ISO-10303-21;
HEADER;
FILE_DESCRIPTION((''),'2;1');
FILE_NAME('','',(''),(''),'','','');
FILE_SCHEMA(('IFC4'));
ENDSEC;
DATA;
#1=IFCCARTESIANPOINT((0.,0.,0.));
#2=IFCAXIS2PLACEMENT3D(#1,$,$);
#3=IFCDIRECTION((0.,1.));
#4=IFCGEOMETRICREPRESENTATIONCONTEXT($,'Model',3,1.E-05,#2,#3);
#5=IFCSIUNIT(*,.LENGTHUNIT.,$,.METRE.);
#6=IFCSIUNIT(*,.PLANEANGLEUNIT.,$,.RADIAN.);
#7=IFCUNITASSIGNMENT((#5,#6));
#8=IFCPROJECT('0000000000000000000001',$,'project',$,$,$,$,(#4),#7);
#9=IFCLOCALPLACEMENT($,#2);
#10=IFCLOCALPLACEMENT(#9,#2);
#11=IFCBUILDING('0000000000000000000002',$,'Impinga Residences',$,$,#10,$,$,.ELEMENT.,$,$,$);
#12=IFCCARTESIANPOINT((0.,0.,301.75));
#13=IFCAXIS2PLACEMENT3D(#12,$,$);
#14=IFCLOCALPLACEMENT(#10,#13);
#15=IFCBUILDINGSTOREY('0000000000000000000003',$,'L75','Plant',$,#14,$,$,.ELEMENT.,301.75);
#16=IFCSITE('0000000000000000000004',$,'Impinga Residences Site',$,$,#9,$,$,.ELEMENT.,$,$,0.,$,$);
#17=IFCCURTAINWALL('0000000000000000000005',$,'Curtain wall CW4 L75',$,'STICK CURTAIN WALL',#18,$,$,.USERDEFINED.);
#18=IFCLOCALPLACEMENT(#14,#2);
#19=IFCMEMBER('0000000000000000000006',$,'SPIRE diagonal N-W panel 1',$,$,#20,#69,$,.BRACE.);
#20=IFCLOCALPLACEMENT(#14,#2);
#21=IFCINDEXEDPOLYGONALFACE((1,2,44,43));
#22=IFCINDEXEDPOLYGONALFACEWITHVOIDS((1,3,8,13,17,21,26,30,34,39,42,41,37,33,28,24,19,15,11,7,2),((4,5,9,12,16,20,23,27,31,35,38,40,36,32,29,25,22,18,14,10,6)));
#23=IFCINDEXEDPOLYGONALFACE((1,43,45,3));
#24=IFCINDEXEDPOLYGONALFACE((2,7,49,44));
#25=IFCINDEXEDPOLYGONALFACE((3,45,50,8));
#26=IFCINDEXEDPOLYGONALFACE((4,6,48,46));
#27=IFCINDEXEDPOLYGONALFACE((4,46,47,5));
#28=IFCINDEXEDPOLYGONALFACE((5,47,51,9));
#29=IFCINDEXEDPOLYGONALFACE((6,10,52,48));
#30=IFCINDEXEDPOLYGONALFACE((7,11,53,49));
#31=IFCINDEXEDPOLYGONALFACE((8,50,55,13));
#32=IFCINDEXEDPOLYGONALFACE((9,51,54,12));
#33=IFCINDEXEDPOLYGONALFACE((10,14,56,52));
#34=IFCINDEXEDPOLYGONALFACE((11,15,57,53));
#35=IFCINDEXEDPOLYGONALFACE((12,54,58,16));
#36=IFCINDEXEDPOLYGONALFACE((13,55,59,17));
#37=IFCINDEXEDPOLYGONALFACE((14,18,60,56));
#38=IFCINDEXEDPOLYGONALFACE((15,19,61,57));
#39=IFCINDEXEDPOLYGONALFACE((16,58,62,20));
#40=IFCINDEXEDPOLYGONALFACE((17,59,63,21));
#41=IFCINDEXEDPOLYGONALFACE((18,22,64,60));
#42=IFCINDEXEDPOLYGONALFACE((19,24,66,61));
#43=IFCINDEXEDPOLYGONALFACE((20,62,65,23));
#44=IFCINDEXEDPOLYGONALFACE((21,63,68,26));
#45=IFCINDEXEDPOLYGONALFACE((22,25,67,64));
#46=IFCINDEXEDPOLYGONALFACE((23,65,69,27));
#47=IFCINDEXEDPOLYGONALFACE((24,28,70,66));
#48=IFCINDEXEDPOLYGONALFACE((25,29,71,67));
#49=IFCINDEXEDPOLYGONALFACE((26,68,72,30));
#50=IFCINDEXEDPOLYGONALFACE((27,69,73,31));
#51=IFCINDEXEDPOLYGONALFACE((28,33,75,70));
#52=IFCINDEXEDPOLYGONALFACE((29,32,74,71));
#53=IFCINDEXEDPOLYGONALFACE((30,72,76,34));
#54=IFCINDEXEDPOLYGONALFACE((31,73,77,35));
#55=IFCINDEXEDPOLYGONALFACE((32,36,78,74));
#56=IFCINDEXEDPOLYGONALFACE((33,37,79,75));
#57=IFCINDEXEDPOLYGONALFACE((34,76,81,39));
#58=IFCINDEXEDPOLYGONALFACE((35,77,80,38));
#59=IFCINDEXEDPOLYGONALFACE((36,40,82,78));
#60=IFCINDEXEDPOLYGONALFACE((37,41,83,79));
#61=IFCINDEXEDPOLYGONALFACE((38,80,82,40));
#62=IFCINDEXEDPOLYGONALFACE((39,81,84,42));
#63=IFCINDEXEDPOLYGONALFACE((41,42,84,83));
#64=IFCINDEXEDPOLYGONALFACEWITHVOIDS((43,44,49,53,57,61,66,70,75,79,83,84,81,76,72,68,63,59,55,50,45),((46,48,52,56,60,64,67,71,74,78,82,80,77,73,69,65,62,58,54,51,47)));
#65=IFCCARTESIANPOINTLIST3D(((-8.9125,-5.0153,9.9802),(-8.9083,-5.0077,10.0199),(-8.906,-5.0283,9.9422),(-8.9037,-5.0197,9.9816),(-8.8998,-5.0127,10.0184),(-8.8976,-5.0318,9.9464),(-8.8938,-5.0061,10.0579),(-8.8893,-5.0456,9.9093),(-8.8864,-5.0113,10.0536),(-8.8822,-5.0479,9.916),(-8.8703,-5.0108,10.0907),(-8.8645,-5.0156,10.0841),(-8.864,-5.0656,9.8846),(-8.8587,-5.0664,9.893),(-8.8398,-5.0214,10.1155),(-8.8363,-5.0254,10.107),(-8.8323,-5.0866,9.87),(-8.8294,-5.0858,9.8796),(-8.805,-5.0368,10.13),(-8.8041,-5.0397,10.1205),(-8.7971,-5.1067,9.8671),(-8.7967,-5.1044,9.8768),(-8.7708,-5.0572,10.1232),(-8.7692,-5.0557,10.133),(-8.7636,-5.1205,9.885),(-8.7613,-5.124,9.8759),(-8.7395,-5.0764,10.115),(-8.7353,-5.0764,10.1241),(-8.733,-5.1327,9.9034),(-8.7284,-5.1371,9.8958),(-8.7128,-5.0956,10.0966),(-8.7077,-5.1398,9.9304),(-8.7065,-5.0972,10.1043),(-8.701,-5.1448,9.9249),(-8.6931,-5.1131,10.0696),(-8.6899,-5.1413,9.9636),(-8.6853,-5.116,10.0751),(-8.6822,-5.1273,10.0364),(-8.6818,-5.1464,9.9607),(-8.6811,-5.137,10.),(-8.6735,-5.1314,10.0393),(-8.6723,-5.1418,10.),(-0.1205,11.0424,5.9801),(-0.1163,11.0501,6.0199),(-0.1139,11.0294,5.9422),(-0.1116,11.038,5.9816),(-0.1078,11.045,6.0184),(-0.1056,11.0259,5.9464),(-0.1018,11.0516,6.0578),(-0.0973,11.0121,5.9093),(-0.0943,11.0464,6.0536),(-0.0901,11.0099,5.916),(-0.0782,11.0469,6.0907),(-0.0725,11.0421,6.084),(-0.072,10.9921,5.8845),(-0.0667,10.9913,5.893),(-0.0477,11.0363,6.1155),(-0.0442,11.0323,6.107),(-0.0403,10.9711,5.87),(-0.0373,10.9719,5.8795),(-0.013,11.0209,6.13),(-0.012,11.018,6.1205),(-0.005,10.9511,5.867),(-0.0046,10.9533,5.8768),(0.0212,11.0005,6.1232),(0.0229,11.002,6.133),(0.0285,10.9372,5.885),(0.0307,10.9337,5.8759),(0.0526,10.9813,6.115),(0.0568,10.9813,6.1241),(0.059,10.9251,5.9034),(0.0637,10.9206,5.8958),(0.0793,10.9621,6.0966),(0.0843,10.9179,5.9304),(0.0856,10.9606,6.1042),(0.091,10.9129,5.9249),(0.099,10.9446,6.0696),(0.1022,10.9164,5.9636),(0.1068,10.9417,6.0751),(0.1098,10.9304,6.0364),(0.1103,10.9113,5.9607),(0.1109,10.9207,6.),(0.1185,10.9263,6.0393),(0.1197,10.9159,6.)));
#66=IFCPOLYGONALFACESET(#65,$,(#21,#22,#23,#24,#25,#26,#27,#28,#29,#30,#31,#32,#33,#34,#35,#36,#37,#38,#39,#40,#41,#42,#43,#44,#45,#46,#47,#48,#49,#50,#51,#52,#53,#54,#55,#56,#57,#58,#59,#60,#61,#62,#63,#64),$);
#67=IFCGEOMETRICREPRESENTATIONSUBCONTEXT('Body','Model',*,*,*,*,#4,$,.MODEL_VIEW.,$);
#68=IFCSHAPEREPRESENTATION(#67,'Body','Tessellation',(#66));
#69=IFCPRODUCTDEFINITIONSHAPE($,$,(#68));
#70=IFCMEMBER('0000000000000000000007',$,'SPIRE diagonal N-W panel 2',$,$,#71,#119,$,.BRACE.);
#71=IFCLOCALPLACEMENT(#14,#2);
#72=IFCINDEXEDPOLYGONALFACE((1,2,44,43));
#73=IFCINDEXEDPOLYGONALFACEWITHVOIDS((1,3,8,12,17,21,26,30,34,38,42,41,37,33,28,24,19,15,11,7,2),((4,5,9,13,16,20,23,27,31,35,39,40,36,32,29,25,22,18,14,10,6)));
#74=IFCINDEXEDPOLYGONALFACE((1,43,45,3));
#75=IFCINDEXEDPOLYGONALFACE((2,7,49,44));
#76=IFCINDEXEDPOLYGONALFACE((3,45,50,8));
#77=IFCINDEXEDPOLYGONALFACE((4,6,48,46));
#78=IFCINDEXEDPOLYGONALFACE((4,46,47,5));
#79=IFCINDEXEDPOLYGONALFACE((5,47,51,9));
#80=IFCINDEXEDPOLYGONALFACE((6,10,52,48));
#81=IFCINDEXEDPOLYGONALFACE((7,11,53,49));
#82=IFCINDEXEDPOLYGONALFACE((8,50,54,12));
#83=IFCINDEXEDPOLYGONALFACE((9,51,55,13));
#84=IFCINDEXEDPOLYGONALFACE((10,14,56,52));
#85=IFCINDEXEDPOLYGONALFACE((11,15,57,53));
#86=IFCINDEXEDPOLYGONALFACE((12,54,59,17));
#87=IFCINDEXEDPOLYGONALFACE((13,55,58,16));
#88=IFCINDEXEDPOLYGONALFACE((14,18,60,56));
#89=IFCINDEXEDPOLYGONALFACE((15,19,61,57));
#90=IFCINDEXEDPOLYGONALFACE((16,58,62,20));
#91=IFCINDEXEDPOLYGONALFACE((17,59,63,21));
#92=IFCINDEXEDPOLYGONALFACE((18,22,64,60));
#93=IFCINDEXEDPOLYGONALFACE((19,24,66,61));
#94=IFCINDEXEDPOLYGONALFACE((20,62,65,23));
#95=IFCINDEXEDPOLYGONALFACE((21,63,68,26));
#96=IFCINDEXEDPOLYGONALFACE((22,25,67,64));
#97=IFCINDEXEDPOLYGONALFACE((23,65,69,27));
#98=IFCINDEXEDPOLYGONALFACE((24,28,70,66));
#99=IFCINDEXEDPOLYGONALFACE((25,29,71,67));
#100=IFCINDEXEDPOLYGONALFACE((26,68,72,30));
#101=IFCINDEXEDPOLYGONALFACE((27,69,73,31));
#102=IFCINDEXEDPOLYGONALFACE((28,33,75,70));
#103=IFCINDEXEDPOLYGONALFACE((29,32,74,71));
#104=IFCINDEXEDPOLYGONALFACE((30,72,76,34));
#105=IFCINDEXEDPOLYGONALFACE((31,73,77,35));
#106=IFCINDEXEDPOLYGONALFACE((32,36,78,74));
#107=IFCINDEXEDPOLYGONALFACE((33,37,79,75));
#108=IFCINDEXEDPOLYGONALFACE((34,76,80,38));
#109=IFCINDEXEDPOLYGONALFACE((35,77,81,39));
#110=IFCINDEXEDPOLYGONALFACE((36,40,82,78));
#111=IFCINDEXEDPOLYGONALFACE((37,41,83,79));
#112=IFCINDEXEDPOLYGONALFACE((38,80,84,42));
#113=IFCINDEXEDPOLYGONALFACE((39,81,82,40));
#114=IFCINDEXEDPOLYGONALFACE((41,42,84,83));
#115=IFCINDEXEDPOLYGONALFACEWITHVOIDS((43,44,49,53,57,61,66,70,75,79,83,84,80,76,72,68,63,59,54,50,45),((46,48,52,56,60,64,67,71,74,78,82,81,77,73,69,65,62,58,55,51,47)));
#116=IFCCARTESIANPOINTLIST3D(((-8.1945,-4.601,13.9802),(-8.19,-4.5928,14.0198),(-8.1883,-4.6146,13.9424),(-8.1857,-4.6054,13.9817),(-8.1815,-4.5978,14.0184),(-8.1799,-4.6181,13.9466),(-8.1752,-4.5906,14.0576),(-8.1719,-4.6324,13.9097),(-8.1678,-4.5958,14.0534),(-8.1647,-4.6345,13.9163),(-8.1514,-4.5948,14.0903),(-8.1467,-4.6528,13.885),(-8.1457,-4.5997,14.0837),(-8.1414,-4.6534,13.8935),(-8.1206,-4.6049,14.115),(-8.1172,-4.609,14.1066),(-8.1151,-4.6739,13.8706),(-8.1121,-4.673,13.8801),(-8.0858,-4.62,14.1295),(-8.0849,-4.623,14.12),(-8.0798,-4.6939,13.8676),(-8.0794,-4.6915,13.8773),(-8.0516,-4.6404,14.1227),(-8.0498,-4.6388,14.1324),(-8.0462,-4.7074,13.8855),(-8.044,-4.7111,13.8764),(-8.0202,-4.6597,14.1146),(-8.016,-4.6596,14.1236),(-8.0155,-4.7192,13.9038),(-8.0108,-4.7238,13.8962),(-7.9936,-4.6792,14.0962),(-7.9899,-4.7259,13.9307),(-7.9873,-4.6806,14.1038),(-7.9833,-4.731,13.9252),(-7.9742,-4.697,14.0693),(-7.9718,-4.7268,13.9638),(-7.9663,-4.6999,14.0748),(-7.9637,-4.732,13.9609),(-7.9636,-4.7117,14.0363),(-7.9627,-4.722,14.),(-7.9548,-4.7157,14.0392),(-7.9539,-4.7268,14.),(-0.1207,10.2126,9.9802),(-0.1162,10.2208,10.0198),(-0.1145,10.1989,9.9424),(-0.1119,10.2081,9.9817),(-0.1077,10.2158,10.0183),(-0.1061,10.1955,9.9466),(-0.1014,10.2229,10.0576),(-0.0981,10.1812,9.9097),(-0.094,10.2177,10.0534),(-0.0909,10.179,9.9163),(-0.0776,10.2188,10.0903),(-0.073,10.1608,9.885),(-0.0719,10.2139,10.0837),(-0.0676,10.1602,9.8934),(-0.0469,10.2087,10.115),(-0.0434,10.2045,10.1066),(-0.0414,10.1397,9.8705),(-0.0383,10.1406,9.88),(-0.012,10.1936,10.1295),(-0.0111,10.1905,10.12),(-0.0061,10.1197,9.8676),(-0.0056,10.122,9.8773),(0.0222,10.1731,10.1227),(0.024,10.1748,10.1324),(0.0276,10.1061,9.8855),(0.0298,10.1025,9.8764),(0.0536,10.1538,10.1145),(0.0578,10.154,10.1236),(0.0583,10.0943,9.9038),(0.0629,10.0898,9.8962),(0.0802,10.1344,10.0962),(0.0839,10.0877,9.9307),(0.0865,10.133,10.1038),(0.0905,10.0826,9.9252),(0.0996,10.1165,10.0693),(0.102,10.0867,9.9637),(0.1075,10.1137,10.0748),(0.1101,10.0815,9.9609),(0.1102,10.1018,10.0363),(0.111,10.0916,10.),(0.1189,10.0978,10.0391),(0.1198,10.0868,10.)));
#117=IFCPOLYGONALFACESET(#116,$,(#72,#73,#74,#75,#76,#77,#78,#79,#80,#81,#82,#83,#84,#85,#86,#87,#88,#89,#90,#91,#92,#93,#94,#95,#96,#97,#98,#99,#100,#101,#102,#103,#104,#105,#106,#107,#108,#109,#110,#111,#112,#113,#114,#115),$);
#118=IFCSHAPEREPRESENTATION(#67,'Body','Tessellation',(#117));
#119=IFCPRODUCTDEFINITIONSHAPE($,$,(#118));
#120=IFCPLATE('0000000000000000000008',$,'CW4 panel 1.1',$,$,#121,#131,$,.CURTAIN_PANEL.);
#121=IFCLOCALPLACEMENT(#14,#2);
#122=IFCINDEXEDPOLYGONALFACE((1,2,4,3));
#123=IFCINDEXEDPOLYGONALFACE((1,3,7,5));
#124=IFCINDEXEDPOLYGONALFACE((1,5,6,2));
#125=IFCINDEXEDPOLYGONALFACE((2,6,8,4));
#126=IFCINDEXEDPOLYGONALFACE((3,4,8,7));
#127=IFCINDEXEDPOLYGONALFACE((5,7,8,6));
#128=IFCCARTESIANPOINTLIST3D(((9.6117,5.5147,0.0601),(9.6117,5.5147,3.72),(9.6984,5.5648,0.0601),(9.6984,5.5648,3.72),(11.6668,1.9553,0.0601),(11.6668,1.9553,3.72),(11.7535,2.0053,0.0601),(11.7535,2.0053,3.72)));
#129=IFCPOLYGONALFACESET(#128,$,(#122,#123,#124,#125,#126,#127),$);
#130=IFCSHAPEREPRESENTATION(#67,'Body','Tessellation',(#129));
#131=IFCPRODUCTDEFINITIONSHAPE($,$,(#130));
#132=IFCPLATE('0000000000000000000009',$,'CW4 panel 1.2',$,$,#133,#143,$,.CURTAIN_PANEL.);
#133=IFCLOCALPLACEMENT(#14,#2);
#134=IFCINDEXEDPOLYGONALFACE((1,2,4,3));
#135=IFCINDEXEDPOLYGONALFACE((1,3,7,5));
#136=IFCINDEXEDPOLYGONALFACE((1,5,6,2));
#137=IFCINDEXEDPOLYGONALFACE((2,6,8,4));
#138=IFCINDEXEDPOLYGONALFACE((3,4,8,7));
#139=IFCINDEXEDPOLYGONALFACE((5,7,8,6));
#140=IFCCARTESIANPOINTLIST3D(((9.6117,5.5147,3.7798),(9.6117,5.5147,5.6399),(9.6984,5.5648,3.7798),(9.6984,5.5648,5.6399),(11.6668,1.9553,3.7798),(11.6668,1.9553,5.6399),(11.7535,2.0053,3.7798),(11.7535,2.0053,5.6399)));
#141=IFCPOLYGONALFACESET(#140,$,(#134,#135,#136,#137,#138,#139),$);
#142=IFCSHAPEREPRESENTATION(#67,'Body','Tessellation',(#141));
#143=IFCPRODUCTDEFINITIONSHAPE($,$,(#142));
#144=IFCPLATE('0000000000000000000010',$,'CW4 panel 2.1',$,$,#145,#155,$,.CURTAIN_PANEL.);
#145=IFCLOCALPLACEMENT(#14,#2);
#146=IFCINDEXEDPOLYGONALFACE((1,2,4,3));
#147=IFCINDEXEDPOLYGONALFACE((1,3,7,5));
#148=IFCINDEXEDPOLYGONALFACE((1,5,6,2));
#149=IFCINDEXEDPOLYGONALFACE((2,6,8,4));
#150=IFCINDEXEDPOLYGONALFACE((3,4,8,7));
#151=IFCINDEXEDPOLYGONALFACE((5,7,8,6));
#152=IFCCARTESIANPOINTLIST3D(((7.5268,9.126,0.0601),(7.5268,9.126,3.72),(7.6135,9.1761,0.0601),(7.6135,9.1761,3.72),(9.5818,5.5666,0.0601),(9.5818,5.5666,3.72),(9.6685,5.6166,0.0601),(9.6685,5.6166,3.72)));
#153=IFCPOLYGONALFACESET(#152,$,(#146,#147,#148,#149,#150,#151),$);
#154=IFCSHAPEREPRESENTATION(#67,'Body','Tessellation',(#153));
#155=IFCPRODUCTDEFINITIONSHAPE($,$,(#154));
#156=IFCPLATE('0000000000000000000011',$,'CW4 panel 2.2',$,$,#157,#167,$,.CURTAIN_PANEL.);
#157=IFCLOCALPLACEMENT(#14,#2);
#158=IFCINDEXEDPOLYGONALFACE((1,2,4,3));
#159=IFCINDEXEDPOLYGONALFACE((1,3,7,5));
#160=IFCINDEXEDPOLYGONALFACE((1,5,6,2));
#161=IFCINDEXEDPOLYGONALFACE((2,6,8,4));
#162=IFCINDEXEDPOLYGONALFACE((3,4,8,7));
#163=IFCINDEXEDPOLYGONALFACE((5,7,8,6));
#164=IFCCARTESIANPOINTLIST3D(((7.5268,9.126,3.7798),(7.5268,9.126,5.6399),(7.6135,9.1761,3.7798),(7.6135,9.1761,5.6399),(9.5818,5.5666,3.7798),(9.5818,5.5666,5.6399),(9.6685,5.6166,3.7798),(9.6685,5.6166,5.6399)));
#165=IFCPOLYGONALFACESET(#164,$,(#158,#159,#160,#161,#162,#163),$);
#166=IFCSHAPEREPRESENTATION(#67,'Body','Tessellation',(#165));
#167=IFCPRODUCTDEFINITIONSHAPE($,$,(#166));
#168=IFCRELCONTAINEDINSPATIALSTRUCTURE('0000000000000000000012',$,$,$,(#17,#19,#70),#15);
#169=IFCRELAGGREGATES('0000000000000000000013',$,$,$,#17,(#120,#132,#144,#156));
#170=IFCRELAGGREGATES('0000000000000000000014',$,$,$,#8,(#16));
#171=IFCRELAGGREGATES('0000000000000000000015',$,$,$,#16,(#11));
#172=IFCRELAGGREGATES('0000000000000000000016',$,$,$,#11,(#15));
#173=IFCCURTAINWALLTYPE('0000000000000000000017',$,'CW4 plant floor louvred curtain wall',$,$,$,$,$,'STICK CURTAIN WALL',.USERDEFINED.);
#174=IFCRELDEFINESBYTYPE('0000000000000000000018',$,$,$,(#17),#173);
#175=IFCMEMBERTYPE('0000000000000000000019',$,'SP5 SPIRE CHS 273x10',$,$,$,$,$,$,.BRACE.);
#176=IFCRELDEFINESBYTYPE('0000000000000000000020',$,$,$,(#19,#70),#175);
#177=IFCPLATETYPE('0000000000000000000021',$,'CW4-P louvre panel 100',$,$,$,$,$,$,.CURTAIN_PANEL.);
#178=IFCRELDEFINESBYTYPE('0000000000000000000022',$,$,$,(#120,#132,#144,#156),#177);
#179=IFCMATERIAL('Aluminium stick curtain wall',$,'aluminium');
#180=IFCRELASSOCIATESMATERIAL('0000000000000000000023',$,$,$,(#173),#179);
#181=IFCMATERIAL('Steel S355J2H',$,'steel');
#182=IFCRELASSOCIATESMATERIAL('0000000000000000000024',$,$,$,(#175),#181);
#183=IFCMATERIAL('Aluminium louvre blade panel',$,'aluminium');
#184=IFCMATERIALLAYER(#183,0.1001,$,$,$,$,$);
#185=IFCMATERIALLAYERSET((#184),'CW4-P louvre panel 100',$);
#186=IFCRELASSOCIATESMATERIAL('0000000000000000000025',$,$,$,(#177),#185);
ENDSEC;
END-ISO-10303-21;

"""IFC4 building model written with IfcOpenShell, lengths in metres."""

from ifc_helpers import new_model, si_unit, direction, frame, origin, origin_2d, place, context, subcontext, project, spatial, rectangle, hollow_circle, extrude, material, layer, layer_set, material_profile, profile_set, type_object, element, aggregate, save


model = new_model("IFC4")

# Units and contexts
model_context = context("Model", 3, precision=1e-05, world=origin(), true_north=direction((0.0, 1.0)))
body_context = subcontext(model_context, "Body", "Model", "MODEL_VIEW")
ifc_project = project(units=[si_unit("LENGTHUNIT", "METRE"), si_unit("PLANEANGLEUNIT", "RADIAN")], contexts=[model_context])

# Site, building, storey
site_placement = place(None, origin())
site = spatial("IfcSite", under=ifc_project, at=site_placement, Name="Impinga Residences Site", CompositionType="ELEMENT", RefElevation=0.0)
building_placement = place(site_placement, origin())
building = spatial("IfcBuilding", under=site, at=building_placement, Name="Impinga Residences", CompositionType="ELEMENT")
storey_placement = place(building_placement, frame((0.0, 0.0, 301.75)))
storey = spatial("IfcBuildingStorey", under=building, at=storey_placement, Name="L75", Description="Plant", CompositionType="ELEMENT", Elevation=301.75)

# Curtain wall
ifc_material_1 = material(Name="Aluminium stick curtain wall", Category="aluminium")
curtain_wall_type = type_object("IfcCurtainWallType", Name="CW4 plant floor louvred curtain wall", ElementType="STICK CURTAIN WALL", PredefinedType="USERDEFINED", material=ifc_material_1)
curtain_wall_placement = place(storey_placement, origin())
curtain_wall = element("IfcCurtainWall", 1, at=curtain_wall_placement, inside=storey, type_object=curtain_wall_type, Name="Curtain wall CW4 L75", ObjectType="STICK CURTAIN WALL", PredefinedType="USERDEFINED")

# Members
ifc_material_2 = material(Name="Steel S355J2H", Category="steel")
ifc_material_profile_1 = material_profile(ifc_material_2, hollow_circle(Radius=0.1365, WallThickness=0.01, at=origin_2d()), Name="CHS 273x10")
ifc_profile_set_1 = profile_set([ifc_material_profile_1], Name="Steel S355J2H")
member_type_1 = type_object("IfcMemberType", Name="SP5 SPIRE CHS 273x10", PredefinedType="BRACE", material=ifc_profile_set_1)
member_1_placement = place(storey_placement, frame((0.0, 10.9814, 6.0), z_axis=(-0.469184, -0.856914, 0.21346), x_axis=(0.87713, -0.480253, 0.0)))
element("IfcMember", 2, at=member_1_placement, inside=storey, type_object=member_type_1, Name="SPIRE diagonal N-W panel 1", PredefinedType="BRACE", context=body_context, shape_type="SweptSolid", body=[
    extrude(hollow_circle(Radius=0.1365, WallThickness=0.01, at=origin_2d()), origin(), (0.0, 0.0, 1.0), 18.739),
])
member_2_placement = place(storey_placement, frame((0.0, 10.1521, 10.0), z_axis=(-0.465653, -0.854368, 0.2307), x_axis=(0.878054, -0.478562, 0.0)))
element("IfcMember", 3, at=member_2_placement, inside=storey, type_object=member_type_1, Name="SPIRE diagonal N-W panel 2", PredefinedType="BRACE", context=body_context, shape_type="SweptSolid", body=[
    extrude(hollow_circle(Radius=0.1365, WallThickness=0.01, at=origin_2d()), origin(), (0.0, 0.0, 1.0), 17.3386),
])

# Plates
ifc_material_3 = material(Name="Aluminium louvre blade panel", Category="aluminium")
ifc_layer_1 = layer(ifc_material_3, 0.1001)
ifc_layer_set_1 = layer_set([ifc_layer_1], Name="CW4-P louvre panel 100")
plate_type = type_object("IfcPlateType", Name="CW4-P louvre panel 100", PredefinedType="CURTAIN_PANEL", material=ifc_layer_set_1)
plate_1_placement = place(storey_placement, frame((10.6826, 3.76, 0.0601), z_axis=(0.0, 0.0, 1.0), x_axis=(-0.5, 0.866025, 0.0)))
plate_1 = element("IfcPlate", 4, at=plate_1_placement, type_object=plate_type, Name="CW4 panel 1.1", PredefinedType="CURTAIN_PANEL", context=body_context, shape_type="SweptSolid", body=[
    extrude(rectangle(XDim=4.1101, YDim=0.1001, at=origin_2d()), origin(), (0.0, 0.0, 1.0), 3.6599),
])
plate_2_placement = place(storey_placement, frame((10.6826, 3.76, 3.7798), z_axis=(0.0, 0.0, 1.0), x_axis=(-0.5, 0.866025, 0.0)))
plate_2 = element("IfcPlate", 5, at=plate_2_placement, type_object=plate_type, Name="CW4 panel 1.2", PredefinedType="CURTAIN_PANEL", context=body_context, shape_type="SweptSolid", body=[
    extrude(rectangle(XDim=4.1101, YDim=0.1001, at=origin_2d()), origin(), (0.0, 0.0, 1.0), 1.8601),
])
plate_3_placement = place(storey_placement, frame((8.5977, 7.3713, 0.0601), z_axis=(0.0, 0.0, 1.0), x_axis=(-0.5, 0.866025, 0.0)))
plate_3 = element("IfcPlate", 6, at=plate_3_placement, type_object=plate_type, Name="CW4 panel 2.1", PredefinedType="CURTAIN_PANEL", context=body_context, shape_type="SweptSolid", body=[
    extrude(rectangle(XDim=4.1101, YDim=0.1001, at=origin_2d()), origin(), (0.0, 0.0, 1.0), 3.6599),
])
plate_4_placement = place(storey_placement, frame((8.5977, 7.3713, 3.7798), z_axis=(0.0, 0.0, 1.0), x_axis=(-0.5, 0.866025, 0.0)))
plate_4 = element("IfcPlate", 7, at=plate_4_placement, type_object=plate_type, Name="CW4 panel 2.2", PredefinedType="CURTAIN_PANEL", context=body_context, shape_type="SweptSolid", body=[
    extrude(rectangle(XDim=4.1101, YDim=0.1001, at=origin_2d()), origin(), (0.0, 0.0, 1.0), 1.8601),
])
aggregate(curtain_wall, [plate_1, plate_2, plate_3, plate_4])

save(model, "model.ifc")
